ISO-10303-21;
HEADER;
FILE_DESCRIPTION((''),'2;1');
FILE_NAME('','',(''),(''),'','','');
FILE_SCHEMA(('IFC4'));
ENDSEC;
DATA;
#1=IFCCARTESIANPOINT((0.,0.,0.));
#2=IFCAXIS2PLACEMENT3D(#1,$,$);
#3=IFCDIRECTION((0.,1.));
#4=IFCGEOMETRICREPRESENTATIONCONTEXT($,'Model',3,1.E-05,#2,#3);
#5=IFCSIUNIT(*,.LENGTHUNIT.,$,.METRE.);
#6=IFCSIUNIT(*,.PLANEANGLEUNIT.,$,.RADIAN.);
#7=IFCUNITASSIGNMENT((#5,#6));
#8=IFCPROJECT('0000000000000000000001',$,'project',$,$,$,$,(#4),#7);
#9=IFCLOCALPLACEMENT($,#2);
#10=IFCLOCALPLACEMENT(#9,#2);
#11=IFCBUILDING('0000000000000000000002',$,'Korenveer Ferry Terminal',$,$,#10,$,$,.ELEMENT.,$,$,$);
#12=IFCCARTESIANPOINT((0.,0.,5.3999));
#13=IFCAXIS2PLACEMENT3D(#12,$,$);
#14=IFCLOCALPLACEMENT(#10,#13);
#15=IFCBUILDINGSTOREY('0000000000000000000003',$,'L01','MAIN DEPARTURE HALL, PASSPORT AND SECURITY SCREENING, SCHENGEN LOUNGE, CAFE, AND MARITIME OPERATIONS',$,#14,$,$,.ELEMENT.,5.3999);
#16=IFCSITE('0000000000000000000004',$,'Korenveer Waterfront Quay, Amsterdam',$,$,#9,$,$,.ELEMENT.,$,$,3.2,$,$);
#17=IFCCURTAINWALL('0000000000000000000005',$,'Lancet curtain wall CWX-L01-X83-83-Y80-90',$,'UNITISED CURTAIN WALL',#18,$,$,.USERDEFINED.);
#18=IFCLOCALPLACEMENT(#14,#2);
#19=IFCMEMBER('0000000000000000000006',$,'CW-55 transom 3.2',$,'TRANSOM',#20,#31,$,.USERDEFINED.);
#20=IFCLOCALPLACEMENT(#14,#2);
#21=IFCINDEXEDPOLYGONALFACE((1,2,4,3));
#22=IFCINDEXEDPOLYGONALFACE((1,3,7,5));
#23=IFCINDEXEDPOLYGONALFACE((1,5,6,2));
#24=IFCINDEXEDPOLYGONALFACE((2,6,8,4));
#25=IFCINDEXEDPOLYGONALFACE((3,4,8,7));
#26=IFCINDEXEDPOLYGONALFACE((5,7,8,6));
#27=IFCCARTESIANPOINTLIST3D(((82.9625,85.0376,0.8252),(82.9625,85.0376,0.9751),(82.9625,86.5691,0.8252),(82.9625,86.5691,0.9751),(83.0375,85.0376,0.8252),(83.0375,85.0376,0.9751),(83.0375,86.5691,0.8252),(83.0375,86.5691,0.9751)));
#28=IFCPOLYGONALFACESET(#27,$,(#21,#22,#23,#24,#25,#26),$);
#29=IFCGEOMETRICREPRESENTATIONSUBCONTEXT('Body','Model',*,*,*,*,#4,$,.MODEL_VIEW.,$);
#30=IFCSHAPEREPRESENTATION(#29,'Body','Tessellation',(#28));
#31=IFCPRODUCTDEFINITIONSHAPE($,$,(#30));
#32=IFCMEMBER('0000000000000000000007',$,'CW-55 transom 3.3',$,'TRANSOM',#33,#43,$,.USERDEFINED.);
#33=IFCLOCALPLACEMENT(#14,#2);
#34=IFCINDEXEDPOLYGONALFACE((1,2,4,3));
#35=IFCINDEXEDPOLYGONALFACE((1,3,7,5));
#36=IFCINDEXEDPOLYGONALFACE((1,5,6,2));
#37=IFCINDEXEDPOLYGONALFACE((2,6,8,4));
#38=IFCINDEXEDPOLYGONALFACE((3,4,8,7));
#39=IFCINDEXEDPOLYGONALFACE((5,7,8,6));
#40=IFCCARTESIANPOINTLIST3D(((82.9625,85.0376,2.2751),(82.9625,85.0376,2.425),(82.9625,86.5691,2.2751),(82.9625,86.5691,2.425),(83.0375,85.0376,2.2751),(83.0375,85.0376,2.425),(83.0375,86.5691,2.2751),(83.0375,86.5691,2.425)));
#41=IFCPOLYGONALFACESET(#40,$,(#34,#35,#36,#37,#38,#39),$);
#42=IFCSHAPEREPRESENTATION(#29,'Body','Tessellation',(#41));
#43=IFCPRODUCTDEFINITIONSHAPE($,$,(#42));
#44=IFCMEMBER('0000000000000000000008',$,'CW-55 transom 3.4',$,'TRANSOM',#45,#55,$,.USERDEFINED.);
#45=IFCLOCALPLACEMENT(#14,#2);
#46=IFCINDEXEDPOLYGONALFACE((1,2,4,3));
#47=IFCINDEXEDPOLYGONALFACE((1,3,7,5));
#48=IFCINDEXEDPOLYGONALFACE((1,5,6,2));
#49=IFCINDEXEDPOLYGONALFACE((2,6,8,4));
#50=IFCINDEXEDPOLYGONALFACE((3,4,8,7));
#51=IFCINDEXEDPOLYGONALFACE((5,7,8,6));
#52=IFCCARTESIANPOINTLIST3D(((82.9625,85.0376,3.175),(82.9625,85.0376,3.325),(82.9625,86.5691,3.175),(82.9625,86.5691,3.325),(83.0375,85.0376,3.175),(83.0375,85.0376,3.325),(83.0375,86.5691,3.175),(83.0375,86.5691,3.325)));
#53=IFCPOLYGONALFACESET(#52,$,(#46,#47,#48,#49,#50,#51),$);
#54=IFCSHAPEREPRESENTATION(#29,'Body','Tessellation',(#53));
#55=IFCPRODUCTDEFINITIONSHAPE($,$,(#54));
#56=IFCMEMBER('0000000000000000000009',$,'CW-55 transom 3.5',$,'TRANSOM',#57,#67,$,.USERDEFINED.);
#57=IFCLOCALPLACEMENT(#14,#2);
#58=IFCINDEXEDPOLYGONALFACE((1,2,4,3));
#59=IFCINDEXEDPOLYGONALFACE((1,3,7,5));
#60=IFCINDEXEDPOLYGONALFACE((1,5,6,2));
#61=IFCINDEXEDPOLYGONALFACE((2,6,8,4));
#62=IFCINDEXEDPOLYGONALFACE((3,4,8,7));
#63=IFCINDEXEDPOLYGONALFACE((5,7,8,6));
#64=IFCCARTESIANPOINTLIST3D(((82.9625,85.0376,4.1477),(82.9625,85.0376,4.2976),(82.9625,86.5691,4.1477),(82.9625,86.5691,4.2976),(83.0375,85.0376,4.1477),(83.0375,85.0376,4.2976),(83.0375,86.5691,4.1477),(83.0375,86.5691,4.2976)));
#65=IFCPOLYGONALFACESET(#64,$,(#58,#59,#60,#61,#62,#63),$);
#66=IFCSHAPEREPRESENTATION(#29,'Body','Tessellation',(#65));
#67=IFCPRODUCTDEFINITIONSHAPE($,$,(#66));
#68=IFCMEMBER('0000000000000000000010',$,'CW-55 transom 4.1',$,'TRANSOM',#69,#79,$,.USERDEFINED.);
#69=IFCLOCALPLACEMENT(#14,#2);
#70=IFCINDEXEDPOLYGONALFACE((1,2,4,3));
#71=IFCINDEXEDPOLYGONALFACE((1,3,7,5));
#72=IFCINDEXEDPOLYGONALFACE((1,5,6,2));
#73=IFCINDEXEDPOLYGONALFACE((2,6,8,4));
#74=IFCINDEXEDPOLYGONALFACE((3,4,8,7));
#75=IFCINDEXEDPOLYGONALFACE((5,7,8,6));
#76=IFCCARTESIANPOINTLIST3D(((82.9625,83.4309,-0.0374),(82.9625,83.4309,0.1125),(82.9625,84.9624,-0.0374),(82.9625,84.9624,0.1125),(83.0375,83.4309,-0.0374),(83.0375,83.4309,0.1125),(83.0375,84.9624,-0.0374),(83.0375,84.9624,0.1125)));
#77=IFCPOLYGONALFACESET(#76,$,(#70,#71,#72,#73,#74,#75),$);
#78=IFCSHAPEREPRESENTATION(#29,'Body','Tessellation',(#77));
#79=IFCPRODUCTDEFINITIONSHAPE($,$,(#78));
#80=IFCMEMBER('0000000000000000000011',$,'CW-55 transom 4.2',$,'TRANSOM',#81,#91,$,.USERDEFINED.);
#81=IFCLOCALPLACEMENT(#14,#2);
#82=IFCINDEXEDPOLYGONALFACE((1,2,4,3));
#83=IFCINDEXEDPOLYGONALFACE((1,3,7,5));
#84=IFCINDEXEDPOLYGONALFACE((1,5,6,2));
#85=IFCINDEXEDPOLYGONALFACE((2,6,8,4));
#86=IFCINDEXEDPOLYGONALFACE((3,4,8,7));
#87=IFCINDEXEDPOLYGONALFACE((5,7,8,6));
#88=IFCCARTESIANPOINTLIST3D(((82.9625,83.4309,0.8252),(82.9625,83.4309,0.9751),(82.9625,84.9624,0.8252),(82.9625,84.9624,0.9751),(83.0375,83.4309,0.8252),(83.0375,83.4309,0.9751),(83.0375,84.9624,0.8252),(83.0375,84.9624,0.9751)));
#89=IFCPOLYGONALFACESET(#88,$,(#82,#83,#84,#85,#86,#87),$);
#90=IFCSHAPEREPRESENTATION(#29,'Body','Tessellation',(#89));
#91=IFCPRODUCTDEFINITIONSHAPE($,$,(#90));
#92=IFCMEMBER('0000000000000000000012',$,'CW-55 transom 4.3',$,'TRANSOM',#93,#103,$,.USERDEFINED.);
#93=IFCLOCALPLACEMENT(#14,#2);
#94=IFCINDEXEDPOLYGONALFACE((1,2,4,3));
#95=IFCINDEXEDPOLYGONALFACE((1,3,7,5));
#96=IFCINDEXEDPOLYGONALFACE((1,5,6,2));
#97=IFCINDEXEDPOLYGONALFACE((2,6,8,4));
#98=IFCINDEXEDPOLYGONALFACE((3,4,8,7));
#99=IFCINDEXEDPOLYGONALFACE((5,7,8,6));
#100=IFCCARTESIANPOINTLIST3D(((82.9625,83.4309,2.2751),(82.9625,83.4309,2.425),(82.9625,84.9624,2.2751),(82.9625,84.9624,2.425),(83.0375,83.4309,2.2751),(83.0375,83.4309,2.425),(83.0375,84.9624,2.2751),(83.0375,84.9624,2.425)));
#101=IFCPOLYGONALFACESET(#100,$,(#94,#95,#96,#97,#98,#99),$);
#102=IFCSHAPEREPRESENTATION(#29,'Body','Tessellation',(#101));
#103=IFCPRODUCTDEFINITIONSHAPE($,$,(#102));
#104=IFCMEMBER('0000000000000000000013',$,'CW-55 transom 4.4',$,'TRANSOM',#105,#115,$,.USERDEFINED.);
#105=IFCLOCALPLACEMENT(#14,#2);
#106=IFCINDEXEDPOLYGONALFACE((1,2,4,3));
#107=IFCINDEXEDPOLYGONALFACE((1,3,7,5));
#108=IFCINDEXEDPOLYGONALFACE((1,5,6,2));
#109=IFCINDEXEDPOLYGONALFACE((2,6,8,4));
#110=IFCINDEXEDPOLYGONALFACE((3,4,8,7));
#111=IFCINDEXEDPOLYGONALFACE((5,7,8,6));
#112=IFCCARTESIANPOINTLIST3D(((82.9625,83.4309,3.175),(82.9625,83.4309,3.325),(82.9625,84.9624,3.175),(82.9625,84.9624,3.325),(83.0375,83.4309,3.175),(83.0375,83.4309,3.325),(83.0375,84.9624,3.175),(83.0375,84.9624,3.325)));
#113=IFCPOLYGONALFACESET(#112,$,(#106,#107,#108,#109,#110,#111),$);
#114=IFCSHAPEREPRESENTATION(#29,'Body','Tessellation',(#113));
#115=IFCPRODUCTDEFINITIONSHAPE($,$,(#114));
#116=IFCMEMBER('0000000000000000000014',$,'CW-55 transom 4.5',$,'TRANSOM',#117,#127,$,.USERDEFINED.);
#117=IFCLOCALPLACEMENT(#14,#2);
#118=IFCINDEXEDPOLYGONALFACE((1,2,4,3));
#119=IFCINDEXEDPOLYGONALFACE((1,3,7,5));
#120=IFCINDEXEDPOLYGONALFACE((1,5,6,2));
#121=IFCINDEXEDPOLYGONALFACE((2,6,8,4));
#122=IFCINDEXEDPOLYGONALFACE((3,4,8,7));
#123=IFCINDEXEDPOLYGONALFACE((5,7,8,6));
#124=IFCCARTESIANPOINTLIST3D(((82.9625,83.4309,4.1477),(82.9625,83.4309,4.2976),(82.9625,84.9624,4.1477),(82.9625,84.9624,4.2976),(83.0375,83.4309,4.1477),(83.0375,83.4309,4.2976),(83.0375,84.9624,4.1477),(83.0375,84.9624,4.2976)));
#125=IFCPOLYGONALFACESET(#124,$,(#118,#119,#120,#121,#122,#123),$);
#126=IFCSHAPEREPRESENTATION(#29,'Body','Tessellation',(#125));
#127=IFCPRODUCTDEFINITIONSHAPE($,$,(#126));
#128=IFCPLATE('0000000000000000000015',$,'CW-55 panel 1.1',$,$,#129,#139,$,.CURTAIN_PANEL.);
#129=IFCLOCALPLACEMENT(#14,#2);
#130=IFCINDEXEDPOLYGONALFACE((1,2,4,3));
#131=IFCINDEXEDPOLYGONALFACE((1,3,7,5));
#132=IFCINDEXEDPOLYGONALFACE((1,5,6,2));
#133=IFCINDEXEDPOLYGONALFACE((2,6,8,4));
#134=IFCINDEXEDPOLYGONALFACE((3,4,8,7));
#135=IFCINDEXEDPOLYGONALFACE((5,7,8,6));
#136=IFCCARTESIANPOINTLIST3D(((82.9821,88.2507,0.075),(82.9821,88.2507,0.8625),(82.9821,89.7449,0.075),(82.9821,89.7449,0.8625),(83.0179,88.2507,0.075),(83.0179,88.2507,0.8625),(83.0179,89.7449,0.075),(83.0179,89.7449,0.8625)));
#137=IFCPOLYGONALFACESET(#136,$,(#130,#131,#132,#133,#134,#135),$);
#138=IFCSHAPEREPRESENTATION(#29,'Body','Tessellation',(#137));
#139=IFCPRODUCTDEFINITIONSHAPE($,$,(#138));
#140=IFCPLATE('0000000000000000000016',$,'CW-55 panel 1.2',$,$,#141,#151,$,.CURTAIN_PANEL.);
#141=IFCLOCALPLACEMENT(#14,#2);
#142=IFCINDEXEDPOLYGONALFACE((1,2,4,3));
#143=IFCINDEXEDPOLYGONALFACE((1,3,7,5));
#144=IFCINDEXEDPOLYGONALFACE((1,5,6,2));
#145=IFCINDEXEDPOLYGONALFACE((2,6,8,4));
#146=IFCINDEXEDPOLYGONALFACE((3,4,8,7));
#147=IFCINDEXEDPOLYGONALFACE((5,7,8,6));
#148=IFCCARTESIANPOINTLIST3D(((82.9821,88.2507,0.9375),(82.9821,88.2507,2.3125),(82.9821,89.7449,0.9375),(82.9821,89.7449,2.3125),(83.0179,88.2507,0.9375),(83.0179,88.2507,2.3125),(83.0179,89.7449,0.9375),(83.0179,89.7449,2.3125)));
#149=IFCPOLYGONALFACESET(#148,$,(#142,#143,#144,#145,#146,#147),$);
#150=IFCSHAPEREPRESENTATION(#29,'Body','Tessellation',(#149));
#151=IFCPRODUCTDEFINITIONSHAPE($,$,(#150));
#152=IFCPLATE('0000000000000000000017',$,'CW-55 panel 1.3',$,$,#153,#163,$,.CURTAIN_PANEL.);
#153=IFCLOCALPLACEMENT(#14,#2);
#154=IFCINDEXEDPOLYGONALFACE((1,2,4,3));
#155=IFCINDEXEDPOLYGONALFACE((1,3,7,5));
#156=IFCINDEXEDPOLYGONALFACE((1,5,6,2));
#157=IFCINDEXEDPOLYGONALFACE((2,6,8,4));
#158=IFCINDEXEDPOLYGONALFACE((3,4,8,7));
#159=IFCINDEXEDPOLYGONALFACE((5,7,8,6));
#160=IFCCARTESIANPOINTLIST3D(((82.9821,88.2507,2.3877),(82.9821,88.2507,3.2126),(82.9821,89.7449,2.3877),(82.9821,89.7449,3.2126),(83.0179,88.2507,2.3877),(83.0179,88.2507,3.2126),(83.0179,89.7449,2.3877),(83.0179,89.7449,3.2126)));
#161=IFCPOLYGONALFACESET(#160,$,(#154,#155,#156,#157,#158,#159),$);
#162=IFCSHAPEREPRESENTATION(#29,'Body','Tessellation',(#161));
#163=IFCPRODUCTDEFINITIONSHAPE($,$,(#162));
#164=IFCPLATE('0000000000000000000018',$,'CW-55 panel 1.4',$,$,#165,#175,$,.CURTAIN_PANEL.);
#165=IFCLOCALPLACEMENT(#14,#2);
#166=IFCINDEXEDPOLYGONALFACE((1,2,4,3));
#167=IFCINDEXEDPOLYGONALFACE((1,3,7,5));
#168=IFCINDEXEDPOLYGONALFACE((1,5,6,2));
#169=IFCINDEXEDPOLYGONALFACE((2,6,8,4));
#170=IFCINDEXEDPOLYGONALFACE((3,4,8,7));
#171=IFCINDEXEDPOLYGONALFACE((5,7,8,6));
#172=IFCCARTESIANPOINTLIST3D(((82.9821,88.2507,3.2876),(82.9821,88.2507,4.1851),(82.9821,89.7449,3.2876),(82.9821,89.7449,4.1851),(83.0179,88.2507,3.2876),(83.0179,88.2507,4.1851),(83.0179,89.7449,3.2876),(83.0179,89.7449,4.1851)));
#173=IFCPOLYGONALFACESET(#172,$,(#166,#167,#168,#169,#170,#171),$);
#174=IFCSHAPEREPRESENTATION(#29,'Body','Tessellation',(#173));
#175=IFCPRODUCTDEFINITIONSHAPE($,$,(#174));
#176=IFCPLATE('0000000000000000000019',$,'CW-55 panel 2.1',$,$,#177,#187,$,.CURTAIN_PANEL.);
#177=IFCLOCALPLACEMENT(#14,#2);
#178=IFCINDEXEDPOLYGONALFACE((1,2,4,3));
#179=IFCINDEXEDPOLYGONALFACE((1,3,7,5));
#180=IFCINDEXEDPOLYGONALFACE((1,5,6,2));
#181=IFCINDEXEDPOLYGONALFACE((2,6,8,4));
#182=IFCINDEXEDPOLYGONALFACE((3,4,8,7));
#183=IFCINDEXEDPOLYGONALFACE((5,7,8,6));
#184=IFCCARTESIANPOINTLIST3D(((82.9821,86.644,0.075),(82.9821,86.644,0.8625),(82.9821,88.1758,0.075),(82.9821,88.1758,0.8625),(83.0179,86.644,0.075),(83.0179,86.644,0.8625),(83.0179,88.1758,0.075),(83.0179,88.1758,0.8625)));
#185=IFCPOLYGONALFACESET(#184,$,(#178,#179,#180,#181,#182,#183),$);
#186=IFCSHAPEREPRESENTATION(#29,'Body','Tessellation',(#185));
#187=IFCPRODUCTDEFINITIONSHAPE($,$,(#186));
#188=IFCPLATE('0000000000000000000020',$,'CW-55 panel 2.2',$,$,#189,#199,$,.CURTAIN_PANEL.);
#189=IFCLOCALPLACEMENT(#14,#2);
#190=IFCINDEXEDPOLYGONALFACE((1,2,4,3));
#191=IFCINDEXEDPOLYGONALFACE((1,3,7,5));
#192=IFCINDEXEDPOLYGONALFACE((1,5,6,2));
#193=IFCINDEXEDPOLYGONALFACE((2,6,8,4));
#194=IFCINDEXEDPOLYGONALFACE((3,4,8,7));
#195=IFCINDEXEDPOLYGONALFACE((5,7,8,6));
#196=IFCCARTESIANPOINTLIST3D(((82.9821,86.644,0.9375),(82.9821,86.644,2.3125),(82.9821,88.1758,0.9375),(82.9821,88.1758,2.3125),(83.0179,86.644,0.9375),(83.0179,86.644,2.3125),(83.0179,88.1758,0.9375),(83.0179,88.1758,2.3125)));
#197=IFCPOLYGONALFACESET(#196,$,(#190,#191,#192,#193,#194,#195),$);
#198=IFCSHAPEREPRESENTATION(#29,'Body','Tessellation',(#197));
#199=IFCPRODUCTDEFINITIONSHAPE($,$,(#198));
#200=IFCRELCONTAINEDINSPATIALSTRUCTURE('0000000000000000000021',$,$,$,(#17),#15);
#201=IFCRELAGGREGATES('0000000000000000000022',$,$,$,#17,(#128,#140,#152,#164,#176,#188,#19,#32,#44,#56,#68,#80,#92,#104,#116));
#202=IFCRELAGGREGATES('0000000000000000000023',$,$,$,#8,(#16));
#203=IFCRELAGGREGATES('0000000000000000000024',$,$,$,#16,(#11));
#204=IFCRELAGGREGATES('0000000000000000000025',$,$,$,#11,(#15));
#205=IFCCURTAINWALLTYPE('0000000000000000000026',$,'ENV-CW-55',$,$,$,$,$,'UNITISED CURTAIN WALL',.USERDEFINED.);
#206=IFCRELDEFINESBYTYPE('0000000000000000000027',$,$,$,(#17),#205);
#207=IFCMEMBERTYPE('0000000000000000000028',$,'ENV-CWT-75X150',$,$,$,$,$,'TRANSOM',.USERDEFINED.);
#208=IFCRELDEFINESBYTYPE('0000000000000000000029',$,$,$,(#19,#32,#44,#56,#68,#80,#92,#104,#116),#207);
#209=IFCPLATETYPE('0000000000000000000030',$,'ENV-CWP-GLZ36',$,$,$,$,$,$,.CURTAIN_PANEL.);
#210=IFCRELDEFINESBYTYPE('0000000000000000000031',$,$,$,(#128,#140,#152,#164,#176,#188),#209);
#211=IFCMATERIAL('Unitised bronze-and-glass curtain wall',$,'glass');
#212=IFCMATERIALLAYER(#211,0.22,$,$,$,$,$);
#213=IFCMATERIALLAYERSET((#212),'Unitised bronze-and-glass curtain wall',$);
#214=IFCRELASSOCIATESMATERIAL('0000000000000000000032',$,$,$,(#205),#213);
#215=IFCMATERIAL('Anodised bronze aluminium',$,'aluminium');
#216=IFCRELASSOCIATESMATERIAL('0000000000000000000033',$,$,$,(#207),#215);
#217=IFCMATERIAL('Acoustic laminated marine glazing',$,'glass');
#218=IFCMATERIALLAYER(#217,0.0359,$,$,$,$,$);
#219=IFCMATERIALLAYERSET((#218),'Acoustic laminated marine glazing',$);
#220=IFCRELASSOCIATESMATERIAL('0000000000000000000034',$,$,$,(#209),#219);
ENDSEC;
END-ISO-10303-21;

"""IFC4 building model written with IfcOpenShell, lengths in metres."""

from ifc_helpers import new_model, si_unit, direction, frame, origin, origin_2d, place, context, subcontext, project, spatial, rectangle, extrude, material, layer, layer_set, material_profile, profile_set, type_object, element, aggregate, save


model = new_model("IFC4")

# Units and contexts
model_context = context("Model", 3, precision=1e-05, world=origin(), true_north=direction((0.0, 1.0)))
body_context = subcontext(model_context, "Body", "Model", "MODEL_VIEW")
ifc_project = project(units=[si_unit("LENGTHUNIT", "METRE"), si_unit("PLANEANGLEUNIT", "RADIAN")], contexts=[model_context])

# Site, building, storey
site_placement = place(None, origin())
site = spatial("IfcSite", under=ifc_project, at=site_placement, Name="Korenveer Waterfront Quay, Amsterdam", CompositionType="ELEMENT", RefElevation=3.2)
building_placement = place(site_placement, origin())
building = spatial("IfcBuilding", under=site, at=building_placement, Name="Korenveer Ferry Terminal", CompositionType="ELEMENT")
storey_placement = place(building_placement, frame((0.0, 0.0, 5.3999)))
storey = spatial("IfcBuildingStorey", under=building, at=storey_placement, Name="L01", Description="MAIN DEPARTURE HALL, PASSPORT AND SECURITY SCREENING, SCHENGEN LOUNGE, CAFE, AND MARITIME OPERATIONS", CompositionType="ELEMENT", Elevation=5.3999)

# Curtain wall, members, plates
ifc_material_1 = material(Name="Unitised bronze-and-glass curtain wall", Category="glass")
ifc_layer_1 = layer(ifc_material_1, 0.22)
ifc_layer_set_1 = layer_set([ifc_layer_1], Name="Unitised bronze-and-glass curtain wall")
curtain_wall_type = type_object("IfcCurtainWallType", Name="ENV-CW-55", ElementType="UNITISED CURTAIN WALL", PredefinedType="USERDEFINED", material=ifc_layer_set_1)
curtain_wall_placement = place(storey_placement, frame((83.0, 89.8201, 0.0)))
curtain_wall = element("IfcCurtainWall", 1, at=curtain_wall_placement, inside=storey, type_object=curtain_wall_type, Name="Lancet curtain wall CWX-L01-X83-83-Y80-90", ObjectType="UNITISED CURTAIN WALL", PredefinedType="USERDEFINED")
ifc_material_2 = material(Name="Anodised bronze aluminium", Category="aluminium")
ifc_material_profile_1 = material_profile(ifc_material_2, rectangle(XDim=0.075, YDim=0.1499, at=origin_2d()), Name="ALU 75x150")
ifc_profile_set_1 = profile_set([ifc_material_profile_1], Name="Anodised bronze aluminium")
member_type_1 = type_object("IfcMemberType", Name="ENV-CWT-75X150", ElementType="TRANSOM", PredefinedType="USERDEFINED", material=ifc_profile_set_1)
member_1_placement = place(storey_placement, frame((83.0, 86.5691, 0.9001), z_axis=(0.0, -1.0, 0.0), x_axis=(1.0, 0.0, 0.0)))
member_1 = element("IfcMember", 2, at=member_1_placement, type_object=member_type_1, Name="CW-55 transom 3.2", ObjectType="TRANSOM", PredefinedType="USERDEFINED", context=body_context, shape_type="SweptSolid", body=[
    extrude(rectangle(XDim=0.075, YDim=0.1499, at=origin_2d()), origin(), (0.0, 0.0, 1.0), 1.5315),
])
member_2_placement = place(storey_placement, frame((83.0, 86.5691, 2.3501), z_axis=(0.0, -1.0, 0.0), x_axis=(1.0, 0.0, 0.0)))
member_2 = element("IfcMember", 3, at=member_2_placement, type_object=member_type_1, Name="CW-55 transom 3.3", ObjectType="TRANSOM", PredefinedType="USERDEFINED", context=body_context, shape_type="SweptSolid", body=[
    extrude(rectangle(XDim=0.075, YDim=0.1499, at=origin_2d()), origin(), (0.0, 0.0, 1.0), 1.5315),
])
member_3_placement = place(storey_placement, frame((83.0, 86.5691, 3.25), z_axis=(0.0, -1.0, 0.0), x_axis=(1.0, 0.0, 0.0)))
member_3 = element("IfcMember", 4, at=member_3_placement, type_object=member_type_1, Name="CW-55 transom 3.4", ObjectType="TRANSOM", PredefinedType="USERDEFINED", context=body_context, shape_type="SweptSolid", body=[
    extrude(rectangle(XDim=0.075, YDim=0.1499, at=origin_2d()), origin(), (0.0, 0.0, 1.0), 1.5315),
])
member_4_placement = place(storey_placement, frame((83.0, 86.5691, 4.2227), z_axis=(0.0, -1.0, 0.0), x_axis=(1.0, 0.0, 0.0)))
member_4 = element("IfcMember", 5, at=member_4_placement, type_object=member_type_1, Name="CW-55 transom 3.5", ObjectType="TRANSOM", PredefinedType="USERDEFINED", context=body_context, shape_type="SweptSolid", body=[
    extrude(rectangle(XDim=0.075, YDim=0.1499, at=origin_2d()), origin(), (0.0, 0.0, 1.0), 1.5315),
])
member_5_placement = place(storey_placement, frame((83.0, 84.9624, 0.0376), z_axis=(0.0, -1.0, 0.0), x_axis=(1.0, 0.0, 0.0)))
member_5 = element("IfcMember", 6, at=member_5_placement, type_object=member_type_1, Name="CW-55 transom 4.1", ObjectType="TRANSOM", PredefinedType="USERDEFINED", context=body_context, shape_type="SweptSolid", body=[
    extrude(rectangle(XDim=0.075, YDim=0.1499, at=origin_2d()), origin(), (0.0, 0.0, 1.0), 1.5315),
])
member_6_placement = place(storey_placement, frame((83.0, 84.9624, 0.9001), z_axis=(0.0, -1.0, 0.0), x_axis=(1.0, 0.0, 0.0)))
member_6 = element("IfcMember", 7, at=member_6_placement, type_object=member_type_1, Name="CW-55 transom 4.2", ObjectType="TRANSOM", PredefinedType="USERDEFINED", context=body_context, shape_type="SweptSolid", body=[
    extrude(rectangle(XDim=0.075, YDim=0.1499, at=origin_2d()), origin(), (0.0, 0.0, 1.0), 1.5315),
])
member_7_placement = place(storey_placement, frame((83.0, 84.9624, 2.3501), z_axis=(0.0, -1.0, 0.0), x_axis=(1.0, 0.0, 0.0)))
member_7 = element("IfcMember", 8, at=member_7_placement, type_object=member_type_1, Name="CW-55 transom 4.3", ObjectType="TRANSOM", PredefinedType="USERDEFINED", context=body_context, shape_type="SweptSolid", body=[
    extrude(rectangle(XDim=0.075, YDim=0.1499, at=origin_2d()), origin(), (0.0, 0.0, 1.0), 1.5315),
])
member_8_placement = place(storey_placement, frame((83.0, 84.9624, 3.25), z_axis=(0.0, -1.0, 0.0), x_axis=(1.0, 0.0, 0.0)))
member_8 = element("IfcMember", 9, at=member_8_placement, type_object=member_type_1, Name="CW-55 transom 4.4", ObjectType="TRANSOM", PredefinedType="USERDEFINED", context=body_context, shape_type="SweptSolid", body=[
    extrude(rectangle(XDim=0.075, YDim=0.1499, at=origin_2d()), origin(), (0.0, 0.0, 1.0), 1.5315),
])
member_9_placement = place(storey_placement, frame((83.0, 84.9624, 4.2227), z_axis=(0.0, -1.0, 0.0), x_axis=(1.0, 0.0, 0.0)))
member_9 = element("IfcMember", 10, at=member_9_placement, type_object=member_type_1, Name="CW-55 transom 4.5", ObjectType="TRANSOM", PredefinedType="USERDEFINED", context=body_context, shape_type="SweptSolid", body=[
    extrude(rectangle(XDim=0.075, YDim=0.1499, at=origin_2d()), origin(), (0.0, 0.0, 1.0), 1.5315),
])
ifc_material_3 = material(Name="Acoustic laminated marine glazing", Category="glass")
ifc_layer_2 = layer(ifc_material_3, 0.0359)
ifc_layer_set_2 = layer_set([ifc_layer_2], Name="Acoustic laminated marine glazing")
plate_type = type_object("IfcPlateType", Name="ENV-CWP-GLZ36", PredefinedType="CURTAIN_PANEL", material=ifc_layer_set_2)
plate_1_placement = place(storey_placement, frame((83.0, 88.9978, 0.075), z_axis=(0.0, 0.0, 1.0), x_axis=(0.0, -1.0, 0.0)))
plate_1 = element("IfcPlate", 11, at=plate_1_placement, type_object=plate_type, Name="CW-55 panel 1.1", PredefinedType="CURTAIN_PANEL", context=body_context, shape_type="SweptSolid", body=[
    extrude(rectangle(XDim=1.4941, YDim=0.0359, at=origin_2d()), origin(), (0.0, 0.0, 1.0), 0.7876),
])
plate_2_placement = place(storey_placement, frame((83.0, 88.9978, 0.9375), z_axis=(0.0, 0.0, 1.0), x_axis=(0.0, -1.0, 0.0)))
plate_2 = element("IfcPlate", 12, at=plate_2_placement, type_object=plate_type, Name="CW-55 panel 1.2", PredefinedType="CURTAIN_PANEL", context=body_context, shape_type="SweptSolid", body=[
    extrude(rectangle(XDim=1.4941, YDim=0.0359, at=origin_2d()), origin(), (0.0, 0.0, 1.0), 1.375),
])
plate_3_placement = place(storey_placement, frame((83.0, 88.9978, 2.3877), z_axis=(0.0, 0.0, 1.0), x_axis=(0.0, -1.0, 0.0)))
plate_3 = element("IfcPlate", 13, at=plate_3_placement, type_object=plate_type, Name="CW-55 panel 1.3", PredefinedType="CURTAIN_PANEL", context=body_context, shape_type="SweptSolid", body=[
    extrude(rectangle(XDim=1.4941, YDim=0.0359, at=origin_2d()), origin(), (0.0, 0.0, 1.0), 0.825),
])
plate_4_placement = place(storey_placement, frame((83.0, 88.9978, 3.2876), z_axis=(0.0, 0.0, 1.0), x_axis=(0.0, -1.0, 0.0)))
plate_4 = element("IfcPlate", 14, at=plate_4_placement, type_object=plate_type, Name="CW-55 panel 1.4", PredefinedType="CURTAIN_PANEL", context=body_context, shape_type="SweptSolid", body=[
    extrude(rectangle(XDim=1.4941, YDim=0.0359, at=origin_2d()), origin(), (0.0, 0.0, 1.0), 0.8975),
])
plate_5_placement = place(storey_placement, frame((83.0, 87.4099, 0.075), z_axis=(0.0, 0.0, 1.0), x_axis=(0.0, -1.0, 0.0)))
plate_5 = element("IfcPlate", 15, at=plate_5_placement, type_object=plate_type, Name="CW-55 panel 2.1", PredefinedType="CURTAIN_PANEL", context=body_context, shape_type="SweptSolid", body=[
    extrude(rectangle(XDim=1.5317, YDim=0.0359, at=origin_2d()), origin(), (0.0, 0.0, 1.0), 0.7876),
])
plate_6_placement = place(storey_placement, frame((83.0, 87.4099, 0.9375), z_axis=(0.0, 0.0, 1.0), x_axis=(0.0, -1.0, 0.0)))
plate_6 = element("IfcPlate", 16, at=plate_6_placement, type_object=plate_type, Name="CW-55 panel 2.2", PredefinedType="CURTAIN_PANEL", context=body_context, shape_type="SweptSolid", body=[
    extrude(rectangle(XDim=1.5317, YDim=0.0359, at=origin_2d()), origin(), (0.0, 0.0, 1.0), 1.375),
])
aggregate(curtain_wall, [plate_1, plate_2, plate_3, plate_4, plate_5, plate_6, member_1, member_2, member_3, member_4, member_5, member_6, member_7, member_8, member_9])

save(model, "model.ifc")
